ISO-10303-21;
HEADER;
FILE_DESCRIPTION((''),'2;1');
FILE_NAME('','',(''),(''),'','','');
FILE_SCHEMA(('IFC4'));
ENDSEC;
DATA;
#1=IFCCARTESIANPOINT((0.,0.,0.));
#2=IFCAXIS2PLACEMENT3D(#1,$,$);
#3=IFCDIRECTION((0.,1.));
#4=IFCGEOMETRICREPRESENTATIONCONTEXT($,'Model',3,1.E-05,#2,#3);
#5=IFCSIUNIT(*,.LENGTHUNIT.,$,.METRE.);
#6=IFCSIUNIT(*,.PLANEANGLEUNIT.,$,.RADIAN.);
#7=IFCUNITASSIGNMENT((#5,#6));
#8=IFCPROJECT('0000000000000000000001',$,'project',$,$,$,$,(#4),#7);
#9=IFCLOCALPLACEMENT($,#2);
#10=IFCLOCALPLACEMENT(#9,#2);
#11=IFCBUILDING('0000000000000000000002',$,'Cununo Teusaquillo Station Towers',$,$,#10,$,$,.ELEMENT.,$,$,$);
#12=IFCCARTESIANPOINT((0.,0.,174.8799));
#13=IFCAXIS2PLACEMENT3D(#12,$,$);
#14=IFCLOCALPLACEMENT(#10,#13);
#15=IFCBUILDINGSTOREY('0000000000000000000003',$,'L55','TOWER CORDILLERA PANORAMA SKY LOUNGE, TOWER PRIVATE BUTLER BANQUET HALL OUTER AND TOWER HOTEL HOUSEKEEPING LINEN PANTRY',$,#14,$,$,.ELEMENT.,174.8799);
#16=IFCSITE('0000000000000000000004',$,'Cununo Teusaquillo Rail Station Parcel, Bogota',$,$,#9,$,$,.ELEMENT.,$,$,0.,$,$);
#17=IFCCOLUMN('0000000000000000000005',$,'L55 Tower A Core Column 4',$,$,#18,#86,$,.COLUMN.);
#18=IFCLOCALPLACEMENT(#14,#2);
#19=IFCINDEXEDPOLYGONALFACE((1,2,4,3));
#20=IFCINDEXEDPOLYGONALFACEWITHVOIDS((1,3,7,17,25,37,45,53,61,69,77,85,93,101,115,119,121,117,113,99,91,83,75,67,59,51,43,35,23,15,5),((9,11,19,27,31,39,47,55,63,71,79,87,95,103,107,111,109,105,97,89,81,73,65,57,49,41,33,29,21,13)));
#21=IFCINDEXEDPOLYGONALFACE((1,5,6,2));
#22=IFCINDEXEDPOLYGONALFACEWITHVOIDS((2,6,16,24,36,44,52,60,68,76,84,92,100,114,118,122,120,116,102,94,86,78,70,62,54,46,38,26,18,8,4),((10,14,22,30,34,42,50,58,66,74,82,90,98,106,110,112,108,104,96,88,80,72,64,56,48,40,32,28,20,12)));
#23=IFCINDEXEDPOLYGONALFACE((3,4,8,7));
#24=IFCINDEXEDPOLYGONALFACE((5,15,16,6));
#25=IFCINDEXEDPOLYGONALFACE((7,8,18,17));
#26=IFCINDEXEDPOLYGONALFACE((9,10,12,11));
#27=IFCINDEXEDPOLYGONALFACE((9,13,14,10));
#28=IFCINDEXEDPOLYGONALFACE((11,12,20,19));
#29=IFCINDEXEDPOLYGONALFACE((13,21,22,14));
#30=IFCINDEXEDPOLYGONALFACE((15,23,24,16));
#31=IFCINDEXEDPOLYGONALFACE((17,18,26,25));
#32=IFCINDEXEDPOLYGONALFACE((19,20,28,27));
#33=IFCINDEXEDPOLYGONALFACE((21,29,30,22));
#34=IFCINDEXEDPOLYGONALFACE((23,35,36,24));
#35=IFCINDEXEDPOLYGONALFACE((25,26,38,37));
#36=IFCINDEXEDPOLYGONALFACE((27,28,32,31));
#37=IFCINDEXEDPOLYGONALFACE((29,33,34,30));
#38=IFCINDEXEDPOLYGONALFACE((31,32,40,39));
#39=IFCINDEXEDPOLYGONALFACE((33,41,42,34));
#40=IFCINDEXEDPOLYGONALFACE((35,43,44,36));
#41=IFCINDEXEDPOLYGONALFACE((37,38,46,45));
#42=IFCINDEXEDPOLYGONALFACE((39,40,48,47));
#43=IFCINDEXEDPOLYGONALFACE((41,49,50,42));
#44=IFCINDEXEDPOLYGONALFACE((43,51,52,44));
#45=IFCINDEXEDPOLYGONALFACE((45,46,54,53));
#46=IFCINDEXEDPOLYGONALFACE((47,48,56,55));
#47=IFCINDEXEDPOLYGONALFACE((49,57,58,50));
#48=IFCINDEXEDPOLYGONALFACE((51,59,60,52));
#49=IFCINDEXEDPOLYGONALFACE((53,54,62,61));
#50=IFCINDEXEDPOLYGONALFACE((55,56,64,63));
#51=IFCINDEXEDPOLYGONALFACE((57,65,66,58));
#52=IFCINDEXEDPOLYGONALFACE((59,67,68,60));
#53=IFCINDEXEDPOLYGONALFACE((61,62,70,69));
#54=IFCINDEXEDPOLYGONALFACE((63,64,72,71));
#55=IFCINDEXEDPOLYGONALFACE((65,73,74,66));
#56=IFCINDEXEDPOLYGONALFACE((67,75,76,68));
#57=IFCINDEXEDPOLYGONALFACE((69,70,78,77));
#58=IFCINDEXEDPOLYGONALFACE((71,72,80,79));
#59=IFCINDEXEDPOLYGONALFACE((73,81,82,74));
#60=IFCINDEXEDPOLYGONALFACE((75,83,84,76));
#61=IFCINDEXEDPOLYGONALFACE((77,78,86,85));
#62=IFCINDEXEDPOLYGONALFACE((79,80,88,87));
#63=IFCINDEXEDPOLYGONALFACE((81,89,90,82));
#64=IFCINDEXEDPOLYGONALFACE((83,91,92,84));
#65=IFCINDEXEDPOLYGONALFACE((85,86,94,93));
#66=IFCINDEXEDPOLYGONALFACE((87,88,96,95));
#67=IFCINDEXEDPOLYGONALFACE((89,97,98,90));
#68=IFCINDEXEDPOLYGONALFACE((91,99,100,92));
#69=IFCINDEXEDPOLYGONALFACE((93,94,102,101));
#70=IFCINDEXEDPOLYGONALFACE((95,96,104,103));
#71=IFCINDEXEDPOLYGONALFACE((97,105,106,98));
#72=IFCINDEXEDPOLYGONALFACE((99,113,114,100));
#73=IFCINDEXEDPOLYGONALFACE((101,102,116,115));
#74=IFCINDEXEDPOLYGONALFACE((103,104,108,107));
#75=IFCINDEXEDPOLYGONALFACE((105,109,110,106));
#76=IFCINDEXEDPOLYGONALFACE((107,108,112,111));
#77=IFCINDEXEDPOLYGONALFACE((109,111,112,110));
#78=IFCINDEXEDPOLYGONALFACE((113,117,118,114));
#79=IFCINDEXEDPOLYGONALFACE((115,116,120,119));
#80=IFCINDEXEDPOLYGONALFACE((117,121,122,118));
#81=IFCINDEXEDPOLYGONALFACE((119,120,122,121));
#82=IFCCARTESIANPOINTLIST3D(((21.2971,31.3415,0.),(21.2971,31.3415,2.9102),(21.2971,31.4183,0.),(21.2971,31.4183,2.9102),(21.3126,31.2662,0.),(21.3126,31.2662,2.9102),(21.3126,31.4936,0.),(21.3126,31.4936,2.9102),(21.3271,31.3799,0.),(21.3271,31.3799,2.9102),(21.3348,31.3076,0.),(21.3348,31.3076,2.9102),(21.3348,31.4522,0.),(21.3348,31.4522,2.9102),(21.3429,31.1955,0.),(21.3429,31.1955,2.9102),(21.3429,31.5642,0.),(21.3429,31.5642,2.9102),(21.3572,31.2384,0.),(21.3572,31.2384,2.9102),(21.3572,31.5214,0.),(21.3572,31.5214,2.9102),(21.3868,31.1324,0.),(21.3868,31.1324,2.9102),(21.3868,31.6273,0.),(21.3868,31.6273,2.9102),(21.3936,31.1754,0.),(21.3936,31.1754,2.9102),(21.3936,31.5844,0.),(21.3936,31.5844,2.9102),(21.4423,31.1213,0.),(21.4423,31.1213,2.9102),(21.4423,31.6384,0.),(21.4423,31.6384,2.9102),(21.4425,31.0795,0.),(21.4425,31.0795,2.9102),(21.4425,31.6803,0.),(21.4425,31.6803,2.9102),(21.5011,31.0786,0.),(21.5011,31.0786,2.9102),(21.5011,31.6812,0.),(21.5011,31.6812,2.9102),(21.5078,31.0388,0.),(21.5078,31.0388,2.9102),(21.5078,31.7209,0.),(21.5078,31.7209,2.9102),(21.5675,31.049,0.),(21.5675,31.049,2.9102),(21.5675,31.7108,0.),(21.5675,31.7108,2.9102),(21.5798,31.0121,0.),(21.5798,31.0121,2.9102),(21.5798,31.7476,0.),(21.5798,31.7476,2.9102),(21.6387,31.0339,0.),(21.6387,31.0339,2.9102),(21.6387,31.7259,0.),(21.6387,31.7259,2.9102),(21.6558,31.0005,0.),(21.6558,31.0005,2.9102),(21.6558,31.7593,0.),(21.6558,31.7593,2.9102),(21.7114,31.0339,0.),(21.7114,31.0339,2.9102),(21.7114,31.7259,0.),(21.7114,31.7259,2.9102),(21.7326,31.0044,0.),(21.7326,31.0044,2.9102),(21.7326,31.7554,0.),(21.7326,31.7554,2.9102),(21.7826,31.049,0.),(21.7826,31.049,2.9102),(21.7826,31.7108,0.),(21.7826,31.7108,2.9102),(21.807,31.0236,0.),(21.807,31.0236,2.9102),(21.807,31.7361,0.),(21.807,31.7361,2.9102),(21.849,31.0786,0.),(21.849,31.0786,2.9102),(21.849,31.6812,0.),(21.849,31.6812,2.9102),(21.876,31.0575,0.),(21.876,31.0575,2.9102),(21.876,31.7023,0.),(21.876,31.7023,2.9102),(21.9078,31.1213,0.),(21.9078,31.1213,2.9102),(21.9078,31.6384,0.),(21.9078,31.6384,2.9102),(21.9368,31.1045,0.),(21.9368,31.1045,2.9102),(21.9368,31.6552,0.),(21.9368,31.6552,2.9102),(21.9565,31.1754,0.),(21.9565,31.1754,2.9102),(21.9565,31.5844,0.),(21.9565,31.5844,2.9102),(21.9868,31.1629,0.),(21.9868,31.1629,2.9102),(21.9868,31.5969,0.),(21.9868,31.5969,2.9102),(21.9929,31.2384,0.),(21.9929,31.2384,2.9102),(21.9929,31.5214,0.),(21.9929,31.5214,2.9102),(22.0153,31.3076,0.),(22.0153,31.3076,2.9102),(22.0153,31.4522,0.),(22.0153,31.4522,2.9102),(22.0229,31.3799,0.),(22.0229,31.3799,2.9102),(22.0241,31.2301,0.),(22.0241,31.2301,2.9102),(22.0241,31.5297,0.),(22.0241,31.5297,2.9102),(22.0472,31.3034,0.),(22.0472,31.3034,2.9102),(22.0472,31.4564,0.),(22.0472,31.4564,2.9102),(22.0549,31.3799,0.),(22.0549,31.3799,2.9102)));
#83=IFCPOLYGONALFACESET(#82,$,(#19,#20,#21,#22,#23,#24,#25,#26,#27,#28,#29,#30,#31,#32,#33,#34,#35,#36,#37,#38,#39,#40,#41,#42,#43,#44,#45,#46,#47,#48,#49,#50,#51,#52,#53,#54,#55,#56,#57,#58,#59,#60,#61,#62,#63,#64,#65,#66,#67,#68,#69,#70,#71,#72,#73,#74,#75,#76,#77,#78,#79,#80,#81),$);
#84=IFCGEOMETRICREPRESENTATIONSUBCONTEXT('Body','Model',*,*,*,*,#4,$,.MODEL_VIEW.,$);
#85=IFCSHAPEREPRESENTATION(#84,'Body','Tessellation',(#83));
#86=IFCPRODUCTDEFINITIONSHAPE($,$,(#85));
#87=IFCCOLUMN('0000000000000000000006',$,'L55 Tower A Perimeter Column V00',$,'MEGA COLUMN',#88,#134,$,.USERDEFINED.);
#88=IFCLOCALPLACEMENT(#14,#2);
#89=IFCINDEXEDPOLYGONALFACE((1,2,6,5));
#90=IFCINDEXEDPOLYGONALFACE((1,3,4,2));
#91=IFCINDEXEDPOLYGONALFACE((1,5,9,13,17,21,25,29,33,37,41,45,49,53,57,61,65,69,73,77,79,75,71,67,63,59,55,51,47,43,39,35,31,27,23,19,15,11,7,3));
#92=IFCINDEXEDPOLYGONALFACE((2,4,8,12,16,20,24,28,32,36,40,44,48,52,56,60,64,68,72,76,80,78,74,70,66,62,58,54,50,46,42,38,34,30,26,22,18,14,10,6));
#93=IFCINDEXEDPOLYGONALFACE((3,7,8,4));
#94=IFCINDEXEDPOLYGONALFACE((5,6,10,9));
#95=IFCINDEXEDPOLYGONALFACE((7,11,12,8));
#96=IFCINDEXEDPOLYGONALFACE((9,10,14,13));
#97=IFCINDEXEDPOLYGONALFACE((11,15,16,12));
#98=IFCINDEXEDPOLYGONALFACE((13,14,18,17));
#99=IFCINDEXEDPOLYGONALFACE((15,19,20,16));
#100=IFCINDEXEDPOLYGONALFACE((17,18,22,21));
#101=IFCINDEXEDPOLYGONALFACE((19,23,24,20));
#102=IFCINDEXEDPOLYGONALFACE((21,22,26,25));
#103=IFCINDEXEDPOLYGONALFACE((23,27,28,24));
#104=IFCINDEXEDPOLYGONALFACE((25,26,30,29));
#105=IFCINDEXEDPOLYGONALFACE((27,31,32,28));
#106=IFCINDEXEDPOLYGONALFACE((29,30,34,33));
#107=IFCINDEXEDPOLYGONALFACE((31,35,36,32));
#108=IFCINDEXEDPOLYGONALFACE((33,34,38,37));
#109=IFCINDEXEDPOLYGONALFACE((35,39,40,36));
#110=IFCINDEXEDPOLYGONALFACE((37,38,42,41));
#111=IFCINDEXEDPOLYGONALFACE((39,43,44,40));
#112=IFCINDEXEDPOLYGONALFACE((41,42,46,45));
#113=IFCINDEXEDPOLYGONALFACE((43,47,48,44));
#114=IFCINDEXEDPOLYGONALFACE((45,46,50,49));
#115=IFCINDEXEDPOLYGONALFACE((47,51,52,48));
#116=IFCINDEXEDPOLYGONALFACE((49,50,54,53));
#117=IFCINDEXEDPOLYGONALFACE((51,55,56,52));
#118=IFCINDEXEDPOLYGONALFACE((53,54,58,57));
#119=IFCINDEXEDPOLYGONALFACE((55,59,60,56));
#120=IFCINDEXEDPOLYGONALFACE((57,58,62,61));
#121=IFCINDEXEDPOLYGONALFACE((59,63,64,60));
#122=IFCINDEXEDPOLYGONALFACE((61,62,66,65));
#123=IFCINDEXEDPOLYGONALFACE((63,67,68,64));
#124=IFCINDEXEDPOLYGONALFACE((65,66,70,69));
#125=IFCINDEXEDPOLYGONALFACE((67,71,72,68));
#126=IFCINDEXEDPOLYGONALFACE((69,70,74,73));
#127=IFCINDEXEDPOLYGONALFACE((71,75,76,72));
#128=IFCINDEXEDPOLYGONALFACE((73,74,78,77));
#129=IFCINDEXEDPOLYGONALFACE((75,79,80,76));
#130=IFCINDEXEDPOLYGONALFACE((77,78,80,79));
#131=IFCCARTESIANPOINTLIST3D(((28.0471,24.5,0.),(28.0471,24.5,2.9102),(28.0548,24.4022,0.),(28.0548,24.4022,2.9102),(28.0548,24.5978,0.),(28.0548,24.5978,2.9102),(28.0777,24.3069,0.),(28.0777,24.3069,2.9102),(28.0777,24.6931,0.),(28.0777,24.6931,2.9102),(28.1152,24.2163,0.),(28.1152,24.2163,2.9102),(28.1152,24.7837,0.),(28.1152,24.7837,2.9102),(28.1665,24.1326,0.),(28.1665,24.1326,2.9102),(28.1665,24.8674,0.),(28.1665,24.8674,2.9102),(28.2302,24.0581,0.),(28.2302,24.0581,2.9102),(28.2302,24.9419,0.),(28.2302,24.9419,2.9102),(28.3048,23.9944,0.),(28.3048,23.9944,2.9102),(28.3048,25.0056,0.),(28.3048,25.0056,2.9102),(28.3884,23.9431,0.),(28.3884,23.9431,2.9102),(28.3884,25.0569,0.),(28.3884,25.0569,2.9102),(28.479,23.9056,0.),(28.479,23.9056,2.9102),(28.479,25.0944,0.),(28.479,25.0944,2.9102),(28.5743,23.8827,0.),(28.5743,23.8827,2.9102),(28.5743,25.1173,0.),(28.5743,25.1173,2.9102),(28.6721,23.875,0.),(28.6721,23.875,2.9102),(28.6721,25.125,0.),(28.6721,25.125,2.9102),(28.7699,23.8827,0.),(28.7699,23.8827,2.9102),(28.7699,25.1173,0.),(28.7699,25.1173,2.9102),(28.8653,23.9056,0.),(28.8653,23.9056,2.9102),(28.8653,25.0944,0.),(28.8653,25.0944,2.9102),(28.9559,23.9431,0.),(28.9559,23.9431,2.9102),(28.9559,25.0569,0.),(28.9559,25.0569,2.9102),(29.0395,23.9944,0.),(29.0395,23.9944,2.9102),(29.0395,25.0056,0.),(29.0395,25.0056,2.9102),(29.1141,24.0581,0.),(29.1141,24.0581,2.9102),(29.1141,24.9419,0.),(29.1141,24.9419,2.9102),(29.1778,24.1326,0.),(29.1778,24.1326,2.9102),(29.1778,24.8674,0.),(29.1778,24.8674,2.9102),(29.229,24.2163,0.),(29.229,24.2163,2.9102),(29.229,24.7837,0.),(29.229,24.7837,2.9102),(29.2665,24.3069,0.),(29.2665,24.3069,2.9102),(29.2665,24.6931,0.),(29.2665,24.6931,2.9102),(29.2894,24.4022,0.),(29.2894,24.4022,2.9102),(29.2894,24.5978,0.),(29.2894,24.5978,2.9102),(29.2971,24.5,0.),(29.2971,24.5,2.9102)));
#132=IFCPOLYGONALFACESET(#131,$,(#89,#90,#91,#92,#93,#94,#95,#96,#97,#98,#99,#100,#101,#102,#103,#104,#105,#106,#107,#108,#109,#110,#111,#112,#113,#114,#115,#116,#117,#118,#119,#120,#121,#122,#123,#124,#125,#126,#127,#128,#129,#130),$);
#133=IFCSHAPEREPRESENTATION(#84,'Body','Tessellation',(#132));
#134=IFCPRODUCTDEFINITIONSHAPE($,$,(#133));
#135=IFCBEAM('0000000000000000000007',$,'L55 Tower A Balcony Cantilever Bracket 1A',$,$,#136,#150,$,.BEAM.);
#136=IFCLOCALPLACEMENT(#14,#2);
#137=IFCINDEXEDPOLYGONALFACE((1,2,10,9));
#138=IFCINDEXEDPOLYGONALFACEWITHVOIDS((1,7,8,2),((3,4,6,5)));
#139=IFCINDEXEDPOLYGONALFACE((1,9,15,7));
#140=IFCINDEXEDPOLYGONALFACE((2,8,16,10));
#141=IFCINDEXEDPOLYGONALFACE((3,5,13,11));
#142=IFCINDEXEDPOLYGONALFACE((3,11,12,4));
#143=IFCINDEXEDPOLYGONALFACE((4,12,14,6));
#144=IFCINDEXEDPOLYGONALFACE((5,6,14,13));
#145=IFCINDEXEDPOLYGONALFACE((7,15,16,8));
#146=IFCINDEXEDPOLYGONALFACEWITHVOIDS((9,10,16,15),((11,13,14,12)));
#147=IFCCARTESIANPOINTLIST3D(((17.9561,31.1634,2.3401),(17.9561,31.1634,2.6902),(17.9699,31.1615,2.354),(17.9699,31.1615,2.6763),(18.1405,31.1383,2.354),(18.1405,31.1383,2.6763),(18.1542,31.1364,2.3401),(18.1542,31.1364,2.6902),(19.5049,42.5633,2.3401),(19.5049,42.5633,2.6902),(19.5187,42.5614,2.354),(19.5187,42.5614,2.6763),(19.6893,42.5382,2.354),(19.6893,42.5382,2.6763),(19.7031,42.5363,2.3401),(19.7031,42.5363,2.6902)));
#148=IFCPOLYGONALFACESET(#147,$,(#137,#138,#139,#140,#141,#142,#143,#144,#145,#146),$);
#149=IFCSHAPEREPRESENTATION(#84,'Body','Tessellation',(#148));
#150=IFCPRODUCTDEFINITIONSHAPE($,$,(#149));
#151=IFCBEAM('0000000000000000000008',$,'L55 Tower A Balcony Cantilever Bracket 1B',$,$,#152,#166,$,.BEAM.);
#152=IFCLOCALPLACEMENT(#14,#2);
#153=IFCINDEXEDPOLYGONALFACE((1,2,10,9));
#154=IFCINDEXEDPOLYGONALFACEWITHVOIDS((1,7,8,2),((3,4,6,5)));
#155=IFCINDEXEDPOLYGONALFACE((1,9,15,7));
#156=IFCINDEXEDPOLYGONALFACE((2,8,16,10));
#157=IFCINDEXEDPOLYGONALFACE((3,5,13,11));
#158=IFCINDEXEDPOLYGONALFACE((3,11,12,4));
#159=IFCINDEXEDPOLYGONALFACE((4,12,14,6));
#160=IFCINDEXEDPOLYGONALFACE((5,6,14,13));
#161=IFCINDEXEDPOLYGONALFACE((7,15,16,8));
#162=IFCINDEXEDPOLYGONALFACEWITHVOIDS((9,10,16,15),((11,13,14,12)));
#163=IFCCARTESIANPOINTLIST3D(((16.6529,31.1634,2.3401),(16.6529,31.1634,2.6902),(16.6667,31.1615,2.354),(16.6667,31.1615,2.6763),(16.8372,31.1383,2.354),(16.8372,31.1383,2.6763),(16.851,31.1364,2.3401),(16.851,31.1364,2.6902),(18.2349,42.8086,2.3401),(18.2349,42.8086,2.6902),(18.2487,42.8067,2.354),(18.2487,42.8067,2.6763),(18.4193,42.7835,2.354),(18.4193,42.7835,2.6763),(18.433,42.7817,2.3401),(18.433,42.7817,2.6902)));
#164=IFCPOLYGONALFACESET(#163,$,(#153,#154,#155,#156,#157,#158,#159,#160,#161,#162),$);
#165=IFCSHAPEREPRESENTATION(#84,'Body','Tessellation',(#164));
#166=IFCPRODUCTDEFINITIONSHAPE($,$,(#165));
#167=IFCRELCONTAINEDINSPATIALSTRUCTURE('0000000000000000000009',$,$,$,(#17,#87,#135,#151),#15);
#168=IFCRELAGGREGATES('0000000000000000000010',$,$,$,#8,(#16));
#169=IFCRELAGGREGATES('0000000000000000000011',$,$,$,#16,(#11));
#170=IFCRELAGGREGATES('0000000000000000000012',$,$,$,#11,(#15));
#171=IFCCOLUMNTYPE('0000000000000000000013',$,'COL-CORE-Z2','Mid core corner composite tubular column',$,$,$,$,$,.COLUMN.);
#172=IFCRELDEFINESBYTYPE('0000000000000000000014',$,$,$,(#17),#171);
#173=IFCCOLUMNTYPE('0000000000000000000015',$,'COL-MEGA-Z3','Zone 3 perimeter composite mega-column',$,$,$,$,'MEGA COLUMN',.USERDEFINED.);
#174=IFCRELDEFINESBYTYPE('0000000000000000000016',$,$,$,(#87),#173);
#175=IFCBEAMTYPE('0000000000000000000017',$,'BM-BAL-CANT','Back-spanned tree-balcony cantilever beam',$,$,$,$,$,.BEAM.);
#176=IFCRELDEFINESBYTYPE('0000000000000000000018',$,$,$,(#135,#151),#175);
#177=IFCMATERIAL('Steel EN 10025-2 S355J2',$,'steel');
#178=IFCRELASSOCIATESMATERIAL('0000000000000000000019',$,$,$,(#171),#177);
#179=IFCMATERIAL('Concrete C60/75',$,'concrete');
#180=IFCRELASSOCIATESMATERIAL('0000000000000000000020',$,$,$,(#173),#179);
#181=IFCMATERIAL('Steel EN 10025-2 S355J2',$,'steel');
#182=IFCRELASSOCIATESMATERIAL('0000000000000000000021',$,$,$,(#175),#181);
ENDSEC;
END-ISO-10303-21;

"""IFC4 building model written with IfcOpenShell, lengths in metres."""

from ifc_helpers import new_model, si_unit, direction, frame, origin, origin_2d, place, context, subcontext, project, spatial, hollow_rectangle, circle, hollow_circle, extrude, material, material_profile, profile_set, type_object, element, save


model = new_model("IFC4")

# Units and contexts
model_context = context("Model", 3, precision=1e-05, world=origin(), true_north=direction((0.0, 1.0)))
body_context = subcontext(model_context, "Body", "Model", "MODEL_VIEW")
ifc_project = project(units=[si_unit("LENGTHUNIT", "METRE"), si_unit("PLANEANGLEUNIT", "RADIAN")], contexts=[model_context])

# Site, building, storey
site_placement = place(None, origin())
site = spatial("IfcSite", under=ifc_project, at=site_placement, Name="Cununo Teusaquillo Rail Station Parcel, Bogota", CompositionType="ELEMENT", RefElevation=0.0)
building_placement = place(site_placement, origin())
building = spatial("IfcBuilding", under=site, at=building_placement, Name="Cununo Teusaquillo Station Towers", CompositionType="ELEMENT")
storey_placement = place(building_placement, frame((0.0, 0.0, 174.8799)))
storey = spatial("IfcBuildingStorey", under=building, at=storey_placement, Name="L55", Description="TOWER CORDILLERA PANORAMA SKY LOUNGE, TOWER PRIVATE BUTLER BANQUET HALL OUTER AND TOWER HOTEL HOUSEKEEPING LINEN PANTRY", CompositionType="ELEMENT", Elevation=174.8799)

# Columns
ifc_material_1 = material(Name="Steel EN 10025-2 S355J2", Category="steel")
ifc_material_profile_1 = material_profile(ifc_material_1, hollow_circle(Radius=0.3799, WallThickness=0.032, at=origin_2d()), Name="CHS 760x32")
ifc_profile_set_1 = profile_set([ifc_material_profile_1], Name="Steel EN 10025-2 S355J2")
column_type_1 = type_object("IfcColumnType", Name="COL-CORE-Z2", Description="Mid core corner composite tubular column", PredefinedType="COLUMN", material=ifc_profile_set_1)
column_1_placement = place(storey_placement, frame((21.675, 31.3799, 0.0), z_axis=(0.0, 0.0, 1.0), x_axis=(1.0, 0.0, 0.0)))
element("IfcColumn", 1, at=column_1_placement, inside=storey, type_object=column_type_1, Name="L55 Tower A Core Column 4", PredefinedType="COLUMN", context=body_context, shape_type="SweptSolid", body=[
    extrude(hollow_circle(Radius=0.3799, WallThickness=0.032, at=origin_2d()), origin(), (0.0, 0.0, 1.0), 2.9102),
])
ifc_material_2 = material(Name="Concrete C60/75", Category="concrete")
ifc_material_profile_2 = material_profile(ifc_material_2, circle(Radius=0.625, at=origin_2d()), Name="RC-CIRC-1250")
ifc_profile_set_2 = profile_set([ifc_material_profile_2], Name="Concrete C60/75")
column_type_2 = type_object("IfcColumnType", Name="COL-MEGA-Z3", Description="Zone 3 perimeter composite mega-column", ElementType="MEGA COLUMN", PredefinedType="USERDEFINED", material=ifc_profile_set_2)
column_2_placement = place(storey_placement, frame((28.6721, 24.5, 0.0), z_axis=(0.0, 0.0, 1.0), x_axis=(1.0, 0.0, 0.0)))
element("IfcColumn", 2, at=column_2_placement, inside=storey, type_object=column_type_2, Name="L55 Tower A Perimeter Column V00", ObjectType="MEGA COLUMN", PredefinedType="USERDEFINED", context=body_context, shape_type="SweptSolid", body=[
    extrude(circle(Radius=0.625, at=origin_2d()), origin(), (0.0, 0.0, 1.0), 2.9102),
])

# Beams
ifc_material_3 = material(Name="Steel EN 10025-2 S355J2", Category="steel")
ifc_material_profile_3 = material_profile(ifc_material_3, hollow_rectangle(XDim=0.2, YDim=0.3501, WallThickness=0.0139, at=origin_2d()), Name="RHS 350x200x14")
ifc_profile_set_3 = profile_set([ifc_material_profile_3], Name="Steel EN 10025-2 S355J2")
beam_type_1 = type_object("IfcBeamType", Name="BM-BAL-CANT", Description="Back-spanned tree-balcony cantilever beam", PredefinedType="BEAM", material=ifc_profile_set_3)
beam_1_placement = place(storey_placement, frame((18.0552, 31.1499, 2.5151), z_axis=(0.134626, 0.990896, 0.0), x_axis=(-0.990896, 0.134626, 0.0)))
element("IfcBeam", 3, at=beam_1_placement, inside=storey, type_object=beam_type_1, Name="L55 Tower A Balcony Cantilever Bracket 1A", PredefinedType="BEAM", context=body_context, shape_type="SweptSolid", body=[
    extrude(hollow_rectangle(XDim=0.2, YDim=0.3501, WallThickness=0.0139, at=origin_2d()), origin(), (0.0, 0.0, 1.0), 11.5046),
])
beam_2_placement = place(storey_placement, frame((16.752, 31.1499, 2.5151), z_axis=(0.134615, 0.990898, 0.0), x_axis=(-0.990898, 0.134615, 0.0)))
element("IfcBeam", 4, at=beam_2_placement, inside=storey, type_object=beam_type_1, Name="L55 Tower A Balcony Cantilever Bracket 1B", PredefinedType="BEAM", context=body_context, shape_type="SweptSolid", body=[
    extrude(hollow_rectangle(XDim=0.2, YDim=0.3501, WallThickness=0.0139, at=origin_2d()), origin(), (0.0, 0.0, 1.0), 11.7522),
])

save(model, "model.ifc")
